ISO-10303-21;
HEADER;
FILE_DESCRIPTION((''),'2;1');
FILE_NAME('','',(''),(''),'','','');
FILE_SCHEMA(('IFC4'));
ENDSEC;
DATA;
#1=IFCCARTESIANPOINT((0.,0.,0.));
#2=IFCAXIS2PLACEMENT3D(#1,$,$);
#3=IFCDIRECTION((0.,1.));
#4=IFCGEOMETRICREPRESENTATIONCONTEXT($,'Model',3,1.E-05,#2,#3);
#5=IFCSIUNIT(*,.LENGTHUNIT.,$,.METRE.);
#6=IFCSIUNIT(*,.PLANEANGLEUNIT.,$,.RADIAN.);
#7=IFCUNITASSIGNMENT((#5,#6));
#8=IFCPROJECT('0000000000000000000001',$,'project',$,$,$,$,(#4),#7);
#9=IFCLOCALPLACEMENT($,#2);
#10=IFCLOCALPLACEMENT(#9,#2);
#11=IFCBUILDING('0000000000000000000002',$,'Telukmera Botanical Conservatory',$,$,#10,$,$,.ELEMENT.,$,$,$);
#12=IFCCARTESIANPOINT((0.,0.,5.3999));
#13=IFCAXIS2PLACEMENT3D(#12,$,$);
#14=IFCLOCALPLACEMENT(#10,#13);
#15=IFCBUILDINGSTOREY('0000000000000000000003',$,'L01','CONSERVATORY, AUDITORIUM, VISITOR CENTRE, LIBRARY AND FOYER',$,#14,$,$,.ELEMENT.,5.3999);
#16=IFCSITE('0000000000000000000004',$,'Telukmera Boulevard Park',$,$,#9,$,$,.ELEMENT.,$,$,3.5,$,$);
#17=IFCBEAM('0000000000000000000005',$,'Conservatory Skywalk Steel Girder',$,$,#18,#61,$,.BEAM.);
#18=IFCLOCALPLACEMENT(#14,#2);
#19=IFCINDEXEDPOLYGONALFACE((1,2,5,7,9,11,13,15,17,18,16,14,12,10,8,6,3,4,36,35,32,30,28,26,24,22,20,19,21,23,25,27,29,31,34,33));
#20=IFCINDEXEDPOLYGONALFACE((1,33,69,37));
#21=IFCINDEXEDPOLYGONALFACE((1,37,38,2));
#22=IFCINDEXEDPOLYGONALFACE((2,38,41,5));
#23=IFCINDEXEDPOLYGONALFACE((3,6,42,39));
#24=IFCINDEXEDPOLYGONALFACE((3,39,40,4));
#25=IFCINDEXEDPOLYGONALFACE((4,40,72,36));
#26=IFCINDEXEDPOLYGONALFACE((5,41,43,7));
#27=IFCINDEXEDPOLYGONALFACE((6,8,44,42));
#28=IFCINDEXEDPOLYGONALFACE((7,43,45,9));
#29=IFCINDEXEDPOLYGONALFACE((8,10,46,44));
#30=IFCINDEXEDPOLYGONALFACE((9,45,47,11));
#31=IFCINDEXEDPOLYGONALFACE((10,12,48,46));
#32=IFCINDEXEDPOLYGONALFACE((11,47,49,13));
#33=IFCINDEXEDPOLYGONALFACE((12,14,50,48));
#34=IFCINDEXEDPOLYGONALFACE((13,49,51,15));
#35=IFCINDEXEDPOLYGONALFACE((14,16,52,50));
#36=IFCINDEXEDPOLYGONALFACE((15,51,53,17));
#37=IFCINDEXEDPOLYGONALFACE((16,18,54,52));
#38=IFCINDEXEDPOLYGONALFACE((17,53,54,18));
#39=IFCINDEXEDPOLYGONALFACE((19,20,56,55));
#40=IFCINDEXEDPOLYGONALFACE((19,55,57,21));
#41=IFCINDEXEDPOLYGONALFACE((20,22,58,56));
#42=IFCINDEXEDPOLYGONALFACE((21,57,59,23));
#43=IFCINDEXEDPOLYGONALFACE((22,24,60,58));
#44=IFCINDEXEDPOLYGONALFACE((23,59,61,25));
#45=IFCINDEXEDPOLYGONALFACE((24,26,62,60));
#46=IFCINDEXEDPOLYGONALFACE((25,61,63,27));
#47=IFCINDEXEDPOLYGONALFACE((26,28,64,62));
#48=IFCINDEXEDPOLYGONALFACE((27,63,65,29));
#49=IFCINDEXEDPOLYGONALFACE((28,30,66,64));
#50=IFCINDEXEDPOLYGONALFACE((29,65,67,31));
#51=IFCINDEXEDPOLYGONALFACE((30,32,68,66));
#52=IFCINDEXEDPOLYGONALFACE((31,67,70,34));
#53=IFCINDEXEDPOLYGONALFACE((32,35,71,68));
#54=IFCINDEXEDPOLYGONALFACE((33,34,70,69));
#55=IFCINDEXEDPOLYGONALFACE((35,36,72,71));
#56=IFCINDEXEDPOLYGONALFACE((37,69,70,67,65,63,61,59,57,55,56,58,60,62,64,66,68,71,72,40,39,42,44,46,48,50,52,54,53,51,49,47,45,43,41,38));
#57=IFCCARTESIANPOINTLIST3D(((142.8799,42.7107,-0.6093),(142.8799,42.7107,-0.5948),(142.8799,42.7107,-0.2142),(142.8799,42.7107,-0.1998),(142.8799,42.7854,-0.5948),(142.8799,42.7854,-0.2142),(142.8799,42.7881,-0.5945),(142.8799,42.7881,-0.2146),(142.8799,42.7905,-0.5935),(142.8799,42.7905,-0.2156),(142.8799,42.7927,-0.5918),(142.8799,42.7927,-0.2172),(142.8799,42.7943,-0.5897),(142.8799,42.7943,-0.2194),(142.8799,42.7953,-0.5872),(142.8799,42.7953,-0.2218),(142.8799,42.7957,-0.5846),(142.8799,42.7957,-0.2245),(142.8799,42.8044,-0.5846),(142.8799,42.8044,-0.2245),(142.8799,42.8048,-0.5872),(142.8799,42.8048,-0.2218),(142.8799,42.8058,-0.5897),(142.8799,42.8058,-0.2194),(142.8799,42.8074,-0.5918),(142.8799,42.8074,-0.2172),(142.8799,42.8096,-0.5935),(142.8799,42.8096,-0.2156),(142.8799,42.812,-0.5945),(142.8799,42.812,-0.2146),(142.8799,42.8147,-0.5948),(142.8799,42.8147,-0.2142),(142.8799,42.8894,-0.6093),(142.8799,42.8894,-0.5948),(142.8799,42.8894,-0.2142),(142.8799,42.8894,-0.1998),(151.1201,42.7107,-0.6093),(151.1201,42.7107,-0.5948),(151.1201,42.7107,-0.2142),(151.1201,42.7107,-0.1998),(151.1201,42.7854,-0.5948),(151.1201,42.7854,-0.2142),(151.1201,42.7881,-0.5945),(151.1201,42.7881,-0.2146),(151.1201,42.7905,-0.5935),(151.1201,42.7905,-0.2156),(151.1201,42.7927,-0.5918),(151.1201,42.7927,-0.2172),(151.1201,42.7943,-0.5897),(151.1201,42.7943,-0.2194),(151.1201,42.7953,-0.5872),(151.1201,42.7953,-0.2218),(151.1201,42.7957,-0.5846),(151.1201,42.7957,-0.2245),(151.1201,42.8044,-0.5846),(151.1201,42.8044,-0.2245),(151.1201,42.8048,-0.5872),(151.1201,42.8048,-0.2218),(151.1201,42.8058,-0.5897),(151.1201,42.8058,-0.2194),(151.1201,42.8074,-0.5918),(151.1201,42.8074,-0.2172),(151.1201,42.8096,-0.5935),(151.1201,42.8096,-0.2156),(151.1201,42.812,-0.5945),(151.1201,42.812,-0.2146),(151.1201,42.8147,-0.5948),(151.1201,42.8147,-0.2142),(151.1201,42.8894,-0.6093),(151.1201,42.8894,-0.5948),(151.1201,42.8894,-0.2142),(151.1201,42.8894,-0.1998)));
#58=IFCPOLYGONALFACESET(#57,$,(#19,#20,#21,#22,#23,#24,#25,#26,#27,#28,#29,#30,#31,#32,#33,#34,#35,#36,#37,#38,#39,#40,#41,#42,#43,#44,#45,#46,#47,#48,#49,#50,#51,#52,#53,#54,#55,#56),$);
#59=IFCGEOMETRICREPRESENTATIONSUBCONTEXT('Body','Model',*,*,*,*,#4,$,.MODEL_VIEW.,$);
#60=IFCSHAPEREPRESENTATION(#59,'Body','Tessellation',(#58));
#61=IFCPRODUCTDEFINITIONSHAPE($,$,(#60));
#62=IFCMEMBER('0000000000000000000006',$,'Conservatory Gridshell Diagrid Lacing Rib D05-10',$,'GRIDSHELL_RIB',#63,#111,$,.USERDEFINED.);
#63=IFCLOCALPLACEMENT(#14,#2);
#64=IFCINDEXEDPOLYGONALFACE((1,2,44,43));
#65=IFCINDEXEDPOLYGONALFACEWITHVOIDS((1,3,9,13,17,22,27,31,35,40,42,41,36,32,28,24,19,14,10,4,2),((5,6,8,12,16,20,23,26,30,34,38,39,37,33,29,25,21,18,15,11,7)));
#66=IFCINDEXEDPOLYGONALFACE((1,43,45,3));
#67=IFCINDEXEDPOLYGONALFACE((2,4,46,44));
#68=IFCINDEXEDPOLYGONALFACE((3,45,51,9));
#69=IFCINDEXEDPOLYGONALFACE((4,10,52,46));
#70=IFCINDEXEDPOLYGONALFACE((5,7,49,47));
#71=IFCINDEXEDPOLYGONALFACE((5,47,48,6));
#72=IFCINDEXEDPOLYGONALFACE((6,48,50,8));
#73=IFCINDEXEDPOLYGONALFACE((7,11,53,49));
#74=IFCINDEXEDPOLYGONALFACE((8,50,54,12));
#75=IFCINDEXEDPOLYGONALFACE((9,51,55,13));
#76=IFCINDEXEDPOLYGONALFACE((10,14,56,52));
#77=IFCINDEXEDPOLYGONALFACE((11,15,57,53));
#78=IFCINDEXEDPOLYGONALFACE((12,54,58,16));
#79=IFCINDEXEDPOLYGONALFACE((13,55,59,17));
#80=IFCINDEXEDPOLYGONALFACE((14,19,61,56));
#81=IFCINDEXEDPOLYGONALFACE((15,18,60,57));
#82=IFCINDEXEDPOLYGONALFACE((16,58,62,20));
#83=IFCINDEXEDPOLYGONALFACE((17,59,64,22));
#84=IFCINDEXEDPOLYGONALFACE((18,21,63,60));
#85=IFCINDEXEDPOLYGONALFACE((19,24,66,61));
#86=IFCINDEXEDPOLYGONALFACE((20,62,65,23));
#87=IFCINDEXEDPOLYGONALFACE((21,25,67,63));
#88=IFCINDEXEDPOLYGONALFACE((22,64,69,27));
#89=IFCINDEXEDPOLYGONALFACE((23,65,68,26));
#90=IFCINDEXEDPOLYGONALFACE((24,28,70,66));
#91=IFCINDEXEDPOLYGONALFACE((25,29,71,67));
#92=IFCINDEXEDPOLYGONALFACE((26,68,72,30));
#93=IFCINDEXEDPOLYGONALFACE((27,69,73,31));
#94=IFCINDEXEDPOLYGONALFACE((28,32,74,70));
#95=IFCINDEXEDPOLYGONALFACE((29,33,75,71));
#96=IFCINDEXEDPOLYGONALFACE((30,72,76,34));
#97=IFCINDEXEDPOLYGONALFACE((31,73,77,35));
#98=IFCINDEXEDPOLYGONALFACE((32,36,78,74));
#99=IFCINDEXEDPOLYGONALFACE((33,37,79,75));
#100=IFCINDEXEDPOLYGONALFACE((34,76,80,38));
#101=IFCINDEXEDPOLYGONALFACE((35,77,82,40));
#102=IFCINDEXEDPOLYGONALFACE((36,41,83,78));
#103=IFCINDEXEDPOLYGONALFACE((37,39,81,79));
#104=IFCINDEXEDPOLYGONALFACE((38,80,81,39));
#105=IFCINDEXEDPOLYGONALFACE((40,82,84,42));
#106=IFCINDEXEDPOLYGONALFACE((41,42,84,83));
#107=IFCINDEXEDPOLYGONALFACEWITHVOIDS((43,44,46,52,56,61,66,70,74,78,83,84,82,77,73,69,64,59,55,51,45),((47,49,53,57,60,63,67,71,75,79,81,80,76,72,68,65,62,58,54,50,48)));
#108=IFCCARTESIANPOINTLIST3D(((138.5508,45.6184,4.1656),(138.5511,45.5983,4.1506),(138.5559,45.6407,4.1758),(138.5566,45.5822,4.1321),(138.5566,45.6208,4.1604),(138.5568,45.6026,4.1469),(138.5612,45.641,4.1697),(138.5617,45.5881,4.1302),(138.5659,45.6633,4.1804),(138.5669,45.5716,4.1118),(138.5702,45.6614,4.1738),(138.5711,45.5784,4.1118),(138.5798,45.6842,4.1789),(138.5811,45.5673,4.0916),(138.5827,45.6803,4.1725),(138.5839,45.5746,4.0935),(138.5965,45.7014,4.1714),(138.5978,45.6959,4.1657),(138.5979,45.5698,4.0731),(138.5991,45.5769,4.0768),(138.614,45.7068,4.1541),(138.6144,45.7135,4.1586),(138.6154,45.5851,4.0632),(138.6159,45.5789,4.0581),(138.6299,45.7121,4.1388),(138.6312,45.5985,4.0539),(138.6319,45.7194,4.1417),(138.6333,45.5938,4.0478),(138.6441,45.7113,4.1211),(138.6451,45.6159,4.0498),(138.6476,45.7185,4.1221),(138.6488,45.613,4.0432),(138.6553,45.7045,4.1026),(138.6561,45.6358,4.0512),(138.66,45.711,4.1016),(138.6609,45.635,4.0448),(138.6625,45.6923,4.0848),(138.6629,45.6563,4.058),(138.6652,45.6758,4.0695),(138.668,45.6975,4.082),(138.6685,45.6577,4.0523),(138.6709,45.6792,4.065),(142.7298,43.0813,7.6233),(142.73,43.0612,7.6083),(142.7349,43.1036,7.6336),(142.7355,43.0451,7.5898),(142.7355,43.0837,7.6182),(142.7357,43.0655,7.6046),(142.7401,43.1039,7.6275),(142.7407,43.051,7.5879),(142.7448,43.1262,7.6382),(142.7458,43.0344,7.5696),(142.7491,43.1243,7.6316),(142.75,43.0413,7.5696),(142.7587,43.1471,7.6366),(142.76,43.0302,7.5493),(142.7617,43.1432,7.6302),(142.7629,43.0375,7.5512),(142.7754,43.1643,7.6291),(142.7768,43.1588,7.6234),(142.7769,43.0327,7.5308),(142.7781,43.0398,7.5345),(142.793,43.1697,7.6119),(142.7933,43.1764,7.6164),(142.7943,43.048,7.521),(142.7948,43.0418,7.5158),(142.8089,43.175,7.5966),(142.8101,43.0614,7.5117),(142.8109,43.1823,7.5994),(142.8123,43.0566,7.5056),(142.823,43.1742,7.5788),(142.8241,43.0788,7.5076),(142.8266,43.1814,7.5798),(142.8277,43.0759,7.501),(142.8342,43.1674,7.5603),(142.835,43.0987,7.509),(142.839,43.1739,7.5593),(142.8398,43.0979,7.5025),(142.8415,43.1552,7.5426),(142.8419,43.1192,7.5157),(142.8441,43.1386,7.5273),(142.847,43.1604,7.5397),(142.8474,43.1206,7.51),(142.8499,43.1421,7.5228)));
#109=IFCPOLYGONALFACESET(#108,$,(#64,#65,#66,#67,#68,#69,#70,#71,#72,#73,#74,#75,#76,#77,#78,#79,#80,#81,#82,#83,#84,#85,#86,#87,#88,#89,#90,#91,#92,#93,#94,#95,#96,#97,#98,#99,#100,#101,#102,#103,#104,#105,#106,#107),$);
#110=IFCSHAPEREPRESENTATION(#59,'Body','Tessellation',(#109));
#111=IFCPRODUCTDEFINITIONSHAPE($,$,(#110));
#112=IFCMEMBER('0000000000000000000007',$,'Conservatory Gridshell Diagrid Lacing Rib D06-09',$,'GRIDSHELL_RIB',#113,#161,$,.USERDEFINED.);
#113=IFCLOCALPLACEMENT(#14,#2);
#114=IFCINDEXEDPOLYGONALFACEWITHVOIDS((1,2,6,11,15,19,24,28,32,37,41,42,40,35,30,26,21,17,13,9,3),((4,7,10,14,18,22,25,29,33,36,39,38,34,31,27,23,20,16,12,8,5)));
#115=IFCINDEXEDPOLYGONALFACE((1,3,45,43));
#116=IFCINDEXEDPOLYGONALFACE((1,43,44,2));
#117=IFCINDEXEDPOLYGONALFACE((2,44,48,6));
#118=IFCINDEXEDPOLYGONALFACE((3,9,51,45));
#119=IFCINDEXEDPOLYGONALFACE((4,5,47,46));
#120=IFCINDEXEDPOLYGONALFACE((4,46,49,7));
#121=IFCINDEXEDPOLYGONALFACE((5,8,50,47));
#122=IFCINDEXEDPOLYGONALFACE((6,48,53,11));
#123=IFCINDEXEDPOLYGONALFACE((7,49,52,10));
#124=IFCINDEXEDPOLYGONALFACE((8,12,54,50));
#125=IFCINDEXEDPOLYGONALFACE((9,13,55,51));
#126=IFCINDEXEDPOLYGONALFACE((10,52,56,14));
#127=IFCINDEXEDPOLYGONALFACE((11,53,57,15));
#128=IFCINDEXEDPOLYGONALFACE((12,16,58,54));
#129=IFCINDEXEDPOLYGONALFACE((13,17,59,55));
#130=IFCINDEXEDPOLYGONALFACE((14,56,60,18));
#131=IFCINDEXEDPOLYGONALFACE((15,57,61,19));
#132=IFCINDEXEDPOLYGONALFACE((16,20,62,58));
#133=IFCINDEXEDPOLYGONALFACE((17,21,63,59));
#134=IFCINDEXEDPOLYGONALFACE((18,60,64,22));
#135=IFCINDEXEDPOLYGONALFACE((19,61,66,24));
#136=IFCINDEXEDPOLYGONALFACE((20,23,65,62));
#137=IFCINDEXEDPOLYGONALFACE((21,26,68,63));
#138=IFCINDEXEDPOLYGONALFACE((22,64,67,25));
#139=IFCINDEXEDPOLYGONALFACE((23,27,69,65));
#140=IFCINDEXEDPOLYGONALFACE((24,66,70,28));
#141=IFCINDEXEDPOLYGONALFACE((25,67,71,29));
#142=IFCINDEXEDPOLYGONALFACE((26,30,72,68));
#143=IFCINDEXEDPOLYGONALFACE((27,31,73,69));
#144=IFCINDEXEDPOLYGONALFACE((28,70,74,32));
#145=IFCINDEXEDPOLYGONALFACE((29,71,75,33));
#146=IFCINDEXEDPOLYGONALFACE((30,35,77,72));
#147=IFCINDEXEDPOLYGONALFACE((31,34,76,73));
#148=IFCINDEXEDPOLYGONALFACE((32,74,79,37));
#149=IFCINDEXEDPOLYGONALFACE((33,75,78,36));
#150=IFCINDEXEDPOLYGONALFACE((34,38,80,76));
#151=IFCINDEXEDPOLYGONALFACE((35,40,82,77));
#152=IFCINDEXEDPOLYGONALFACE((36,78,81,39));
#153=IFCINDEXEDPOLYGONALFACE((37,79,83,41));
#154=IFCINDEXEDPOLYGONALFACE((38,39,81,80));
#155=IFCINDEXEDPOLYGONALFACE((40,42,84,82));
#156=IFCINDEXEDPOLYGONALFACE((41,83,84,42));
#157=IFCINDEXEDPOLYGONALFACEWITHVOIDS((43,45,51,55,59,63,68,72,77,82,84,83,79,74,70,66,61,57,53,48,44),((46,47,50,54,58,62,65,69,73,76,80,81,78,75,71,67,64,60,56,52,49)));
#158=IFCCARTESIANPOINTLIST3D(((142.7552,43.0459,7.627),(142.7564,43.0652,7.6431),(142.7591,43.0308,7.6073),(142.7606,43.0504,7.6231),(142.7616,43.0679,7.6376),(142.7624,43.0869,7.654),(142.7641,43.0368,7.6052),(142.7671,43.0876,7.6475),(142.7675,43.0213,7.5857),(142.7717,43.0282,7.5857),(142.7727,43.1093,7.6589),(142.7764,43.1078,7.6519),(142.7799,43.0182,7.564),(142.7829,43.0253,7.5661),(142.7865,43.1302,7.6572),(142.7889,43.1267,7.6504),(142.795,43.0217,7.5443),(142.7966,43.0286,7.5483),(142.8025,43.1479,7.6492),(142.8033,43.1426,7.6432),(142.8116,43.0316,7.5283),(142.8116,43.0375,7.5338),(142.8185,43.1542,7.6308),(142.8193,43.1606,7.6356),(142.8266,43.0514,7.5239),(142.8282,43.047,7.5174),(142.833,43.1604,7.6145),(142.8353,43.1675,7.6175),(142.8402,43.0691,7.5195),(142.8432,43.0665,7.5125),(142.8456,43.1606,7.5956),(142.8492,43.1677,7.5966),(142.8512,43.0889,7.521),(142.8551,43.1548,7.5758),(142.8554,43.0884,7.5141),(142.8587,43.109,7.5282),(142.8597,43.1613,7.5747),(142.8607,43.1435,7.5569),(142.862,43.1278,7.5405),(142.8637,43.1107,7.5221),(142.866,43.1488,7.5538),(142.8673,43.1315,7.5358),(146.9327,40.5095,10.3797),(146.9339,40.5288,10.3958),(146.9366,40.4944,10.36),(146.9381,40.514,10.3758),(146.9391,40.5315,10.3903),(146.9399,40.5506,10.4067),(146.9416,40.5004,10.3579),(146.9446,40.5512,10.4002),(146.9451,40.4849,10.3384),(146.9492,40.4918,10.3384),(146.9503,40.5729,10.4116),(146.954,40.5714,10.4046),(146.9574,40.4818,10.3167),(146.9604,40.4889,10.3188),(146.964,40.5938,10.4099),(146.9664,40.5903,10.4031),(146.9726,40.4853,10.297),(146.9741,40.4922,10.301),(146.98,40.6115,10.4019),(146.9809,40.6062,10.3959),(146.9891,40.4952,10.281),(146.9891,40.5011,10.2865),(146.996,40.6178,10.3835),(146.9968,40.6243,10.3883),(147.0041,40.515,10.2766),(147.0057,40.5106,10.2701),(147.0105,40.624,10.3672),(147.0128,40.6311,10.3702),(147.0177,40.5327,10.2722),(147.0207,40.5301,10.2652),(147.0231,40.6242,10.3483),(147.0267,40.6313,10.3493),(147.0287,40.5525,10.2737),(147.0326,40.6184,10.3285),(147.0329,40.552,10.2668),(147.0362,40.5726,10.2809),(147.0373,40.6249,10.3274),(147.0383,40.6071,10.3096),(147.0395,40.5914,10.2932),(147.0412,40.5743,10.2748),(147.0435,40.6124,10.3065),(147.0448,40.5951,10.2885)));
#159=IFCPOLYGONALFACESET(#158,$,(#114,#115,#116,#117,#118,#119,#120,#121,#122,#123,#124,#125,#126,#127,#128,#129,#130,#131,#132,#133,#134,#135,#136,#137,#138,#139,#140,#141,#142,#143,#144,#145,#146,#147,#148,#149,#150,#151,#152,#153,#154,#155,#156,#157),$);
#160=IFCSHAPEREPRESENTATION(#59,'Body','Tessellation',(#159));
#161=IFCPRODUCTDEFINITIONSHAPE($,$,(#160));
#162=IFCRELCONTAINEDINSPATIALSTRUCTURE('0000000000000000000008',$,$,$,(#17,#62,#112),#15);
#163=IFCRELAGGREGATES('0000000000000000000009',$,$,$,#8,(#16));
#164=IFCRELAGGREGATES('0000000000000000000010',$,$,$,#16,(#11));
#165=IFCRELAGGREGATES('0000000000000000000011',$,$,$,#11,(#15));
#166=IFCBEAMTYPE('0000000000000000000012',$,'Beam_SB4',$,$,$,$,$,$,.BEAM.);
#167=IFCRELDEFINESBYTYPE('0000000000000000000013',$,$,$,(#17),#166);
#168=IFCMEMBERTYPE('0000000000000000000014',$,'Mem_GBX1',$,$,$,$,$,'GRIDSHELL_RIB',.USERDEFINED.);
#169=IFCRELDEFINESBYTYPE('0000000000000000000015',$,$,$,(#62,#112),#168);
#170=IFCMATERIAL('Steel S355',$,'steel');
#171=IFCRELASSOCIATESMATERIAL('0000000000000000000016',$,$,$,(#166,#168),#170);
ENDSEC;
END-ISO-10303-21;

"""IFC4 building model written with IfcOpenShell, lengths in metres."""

from ifc_helpers import new_model, si_unit, direction, frame, origin, origin_2d, place, context, subcontext, project, spatial, hollow_circle, i_section, extrude, material, material_profile, profile_set, type_object, element, save


model = new_model("IFC4")

# Units and contexts
model_context = context("Model", 3, precision=1e-05, world=origin(), true_north=direction((0.0, 1.0)))
body_context = subcontext(model_context, "Body", "Model", "MODEL_VIEW")
ifc_project = project(units=[si_unit("LENGTHUNIT", "METRE"), si_unit("PLANEANGLEUNIT", "RADIAN")], contexts=[model_context])

# Site, building, storey
site_placement = place(None, origin())
site = spatial("IfcSite", under=ifc_project, at=site_placement, Name="Telukmera Boulevard Park", CompositionType="ELEMENT", RefElevation=3.5)
building_placement = place(site_placement, origin())
building = spatial("IfcBuilding", under=site, at=building_placement, Name="Telukmera Botanical Conservatory", CompositionType="ELEMENT")
storey_placement = place(building_placement, frame((0.0, 0.0, 5.3999)))
storey = spatial("IfcBuildingStorey", under=building, at=storey_placement, Name="L01", Description="CONSERVATORY, AUDITORIUM, VISITOR CENTRE, LIBRARY AND FOYER", CompositionType="ELEMENT", Elevation=5.3999)

# Beam
ifc_material_1 = material(Name="Steel S355", Category="steel")
ifc_material_profile_1 = material_profile(ifc_material_1, i_section(OverallWidth=0.1787, OverallDepth=0.4094, WebThickness=0.0088, FlangeThickness=0.0144, FilletRadius=0.0103, at=origin_2d()), Name="UB 406x178x67")
ifc_profile_set_1 = profile_set([ifc_material_profile_1], Name="Steel S355")
beam_type_1 = type_object("IfcBeamType", Name="Beam_SB4", PredefinedType="BEAM", material=ifc_profile_set_1)
beam_1_placement = place(storey_placement, frame((142.8799, 42.8, -0.4045), z_axis=(1.0, 0.0, 0.0), x_axis=(0.0, 1.0, 0.0)))
element("IfcBeam", 1, at=beam_1_placement, inside=storey, type_object=beam_type_1, Name="Conservatory Skywalk Steel Girder", PredefinedType="BEAM", context=body_context, shape_type="SweptSolid", body=[
    extrude(i_section(OverallWidth=0.1787, OverallDepth=0.4094, WebThickness=0.0088, FlangeThickness=0.0144, FilletRadius=0.0103, at=origin_2d()), origin(), (0.0, 0.0, 1.0), 8.2402),
])

# Members
ifc_material_profile_2 = material_profile(ifc_material_1, hollow_circle(Radius=0.0842, WallThickness=0.0081, at=origin_2d()), Name="CHS 168.3x8.0")
ifc_profile_set_2 = profile_set([ifc_material_profile_2], Name="Steel S355")
member_type_1 = type_object("IfcMemberType", Name="Mem_GBX1", ElementType="GRIDSHELL_RIB", PredefinedType="USERDEFINED", material=ifc_profile_set_2)
member_1_placement = place(storey_placement, frame((142.7896, 43.1064, 7.5696), z_axis=(-0.697883, 0.423696, -0.577444), x_axis=(-0.518961, -0.854798, 0.0)))
element("IfcMember", 2, at=member_1_placement, inside=storey, type_object=member_type_1, Name="Conservatory Gridshell Diagrid Lacing Rib D05-10", ObjectType="GRIDSHELL_RIB", PredefinedType="USERDEFINED", context=body_context, shape_type="SweptSolid", body=[
    extrude(hollow_circle(Radius=0.0842, WallThickness=0.0081, at=origin_2d()), origin(), (0.0, 0.0, 1.0), 5.988),
])
member_2_placement = place(storey_placement, frame((146.9888, 40.5569, 10.3384), z_axis=(-0.744771, 0.45219, -0.490754), x_axis=(-0.518985, -0.854784, 0.0)))
element("IfcMember", 3, at=member_2_placement, inside=storey, type_object=member_type_1, Name="Conservatory Gridshell Diagrid Lacing Rib D06-09", ObjectType="GRIDSHELL_RIB", PredefinedType="USERDEFINED", context=body_context, shape_type="SweptSolid", body=[
    extrude(hollow_circle(Radius=0.0842, WallThickness=0.0081, at=origin_2d()), origin(), (0.0, 0.0, 1.0), 5.6091),
])

save(model, "model.ifc")
